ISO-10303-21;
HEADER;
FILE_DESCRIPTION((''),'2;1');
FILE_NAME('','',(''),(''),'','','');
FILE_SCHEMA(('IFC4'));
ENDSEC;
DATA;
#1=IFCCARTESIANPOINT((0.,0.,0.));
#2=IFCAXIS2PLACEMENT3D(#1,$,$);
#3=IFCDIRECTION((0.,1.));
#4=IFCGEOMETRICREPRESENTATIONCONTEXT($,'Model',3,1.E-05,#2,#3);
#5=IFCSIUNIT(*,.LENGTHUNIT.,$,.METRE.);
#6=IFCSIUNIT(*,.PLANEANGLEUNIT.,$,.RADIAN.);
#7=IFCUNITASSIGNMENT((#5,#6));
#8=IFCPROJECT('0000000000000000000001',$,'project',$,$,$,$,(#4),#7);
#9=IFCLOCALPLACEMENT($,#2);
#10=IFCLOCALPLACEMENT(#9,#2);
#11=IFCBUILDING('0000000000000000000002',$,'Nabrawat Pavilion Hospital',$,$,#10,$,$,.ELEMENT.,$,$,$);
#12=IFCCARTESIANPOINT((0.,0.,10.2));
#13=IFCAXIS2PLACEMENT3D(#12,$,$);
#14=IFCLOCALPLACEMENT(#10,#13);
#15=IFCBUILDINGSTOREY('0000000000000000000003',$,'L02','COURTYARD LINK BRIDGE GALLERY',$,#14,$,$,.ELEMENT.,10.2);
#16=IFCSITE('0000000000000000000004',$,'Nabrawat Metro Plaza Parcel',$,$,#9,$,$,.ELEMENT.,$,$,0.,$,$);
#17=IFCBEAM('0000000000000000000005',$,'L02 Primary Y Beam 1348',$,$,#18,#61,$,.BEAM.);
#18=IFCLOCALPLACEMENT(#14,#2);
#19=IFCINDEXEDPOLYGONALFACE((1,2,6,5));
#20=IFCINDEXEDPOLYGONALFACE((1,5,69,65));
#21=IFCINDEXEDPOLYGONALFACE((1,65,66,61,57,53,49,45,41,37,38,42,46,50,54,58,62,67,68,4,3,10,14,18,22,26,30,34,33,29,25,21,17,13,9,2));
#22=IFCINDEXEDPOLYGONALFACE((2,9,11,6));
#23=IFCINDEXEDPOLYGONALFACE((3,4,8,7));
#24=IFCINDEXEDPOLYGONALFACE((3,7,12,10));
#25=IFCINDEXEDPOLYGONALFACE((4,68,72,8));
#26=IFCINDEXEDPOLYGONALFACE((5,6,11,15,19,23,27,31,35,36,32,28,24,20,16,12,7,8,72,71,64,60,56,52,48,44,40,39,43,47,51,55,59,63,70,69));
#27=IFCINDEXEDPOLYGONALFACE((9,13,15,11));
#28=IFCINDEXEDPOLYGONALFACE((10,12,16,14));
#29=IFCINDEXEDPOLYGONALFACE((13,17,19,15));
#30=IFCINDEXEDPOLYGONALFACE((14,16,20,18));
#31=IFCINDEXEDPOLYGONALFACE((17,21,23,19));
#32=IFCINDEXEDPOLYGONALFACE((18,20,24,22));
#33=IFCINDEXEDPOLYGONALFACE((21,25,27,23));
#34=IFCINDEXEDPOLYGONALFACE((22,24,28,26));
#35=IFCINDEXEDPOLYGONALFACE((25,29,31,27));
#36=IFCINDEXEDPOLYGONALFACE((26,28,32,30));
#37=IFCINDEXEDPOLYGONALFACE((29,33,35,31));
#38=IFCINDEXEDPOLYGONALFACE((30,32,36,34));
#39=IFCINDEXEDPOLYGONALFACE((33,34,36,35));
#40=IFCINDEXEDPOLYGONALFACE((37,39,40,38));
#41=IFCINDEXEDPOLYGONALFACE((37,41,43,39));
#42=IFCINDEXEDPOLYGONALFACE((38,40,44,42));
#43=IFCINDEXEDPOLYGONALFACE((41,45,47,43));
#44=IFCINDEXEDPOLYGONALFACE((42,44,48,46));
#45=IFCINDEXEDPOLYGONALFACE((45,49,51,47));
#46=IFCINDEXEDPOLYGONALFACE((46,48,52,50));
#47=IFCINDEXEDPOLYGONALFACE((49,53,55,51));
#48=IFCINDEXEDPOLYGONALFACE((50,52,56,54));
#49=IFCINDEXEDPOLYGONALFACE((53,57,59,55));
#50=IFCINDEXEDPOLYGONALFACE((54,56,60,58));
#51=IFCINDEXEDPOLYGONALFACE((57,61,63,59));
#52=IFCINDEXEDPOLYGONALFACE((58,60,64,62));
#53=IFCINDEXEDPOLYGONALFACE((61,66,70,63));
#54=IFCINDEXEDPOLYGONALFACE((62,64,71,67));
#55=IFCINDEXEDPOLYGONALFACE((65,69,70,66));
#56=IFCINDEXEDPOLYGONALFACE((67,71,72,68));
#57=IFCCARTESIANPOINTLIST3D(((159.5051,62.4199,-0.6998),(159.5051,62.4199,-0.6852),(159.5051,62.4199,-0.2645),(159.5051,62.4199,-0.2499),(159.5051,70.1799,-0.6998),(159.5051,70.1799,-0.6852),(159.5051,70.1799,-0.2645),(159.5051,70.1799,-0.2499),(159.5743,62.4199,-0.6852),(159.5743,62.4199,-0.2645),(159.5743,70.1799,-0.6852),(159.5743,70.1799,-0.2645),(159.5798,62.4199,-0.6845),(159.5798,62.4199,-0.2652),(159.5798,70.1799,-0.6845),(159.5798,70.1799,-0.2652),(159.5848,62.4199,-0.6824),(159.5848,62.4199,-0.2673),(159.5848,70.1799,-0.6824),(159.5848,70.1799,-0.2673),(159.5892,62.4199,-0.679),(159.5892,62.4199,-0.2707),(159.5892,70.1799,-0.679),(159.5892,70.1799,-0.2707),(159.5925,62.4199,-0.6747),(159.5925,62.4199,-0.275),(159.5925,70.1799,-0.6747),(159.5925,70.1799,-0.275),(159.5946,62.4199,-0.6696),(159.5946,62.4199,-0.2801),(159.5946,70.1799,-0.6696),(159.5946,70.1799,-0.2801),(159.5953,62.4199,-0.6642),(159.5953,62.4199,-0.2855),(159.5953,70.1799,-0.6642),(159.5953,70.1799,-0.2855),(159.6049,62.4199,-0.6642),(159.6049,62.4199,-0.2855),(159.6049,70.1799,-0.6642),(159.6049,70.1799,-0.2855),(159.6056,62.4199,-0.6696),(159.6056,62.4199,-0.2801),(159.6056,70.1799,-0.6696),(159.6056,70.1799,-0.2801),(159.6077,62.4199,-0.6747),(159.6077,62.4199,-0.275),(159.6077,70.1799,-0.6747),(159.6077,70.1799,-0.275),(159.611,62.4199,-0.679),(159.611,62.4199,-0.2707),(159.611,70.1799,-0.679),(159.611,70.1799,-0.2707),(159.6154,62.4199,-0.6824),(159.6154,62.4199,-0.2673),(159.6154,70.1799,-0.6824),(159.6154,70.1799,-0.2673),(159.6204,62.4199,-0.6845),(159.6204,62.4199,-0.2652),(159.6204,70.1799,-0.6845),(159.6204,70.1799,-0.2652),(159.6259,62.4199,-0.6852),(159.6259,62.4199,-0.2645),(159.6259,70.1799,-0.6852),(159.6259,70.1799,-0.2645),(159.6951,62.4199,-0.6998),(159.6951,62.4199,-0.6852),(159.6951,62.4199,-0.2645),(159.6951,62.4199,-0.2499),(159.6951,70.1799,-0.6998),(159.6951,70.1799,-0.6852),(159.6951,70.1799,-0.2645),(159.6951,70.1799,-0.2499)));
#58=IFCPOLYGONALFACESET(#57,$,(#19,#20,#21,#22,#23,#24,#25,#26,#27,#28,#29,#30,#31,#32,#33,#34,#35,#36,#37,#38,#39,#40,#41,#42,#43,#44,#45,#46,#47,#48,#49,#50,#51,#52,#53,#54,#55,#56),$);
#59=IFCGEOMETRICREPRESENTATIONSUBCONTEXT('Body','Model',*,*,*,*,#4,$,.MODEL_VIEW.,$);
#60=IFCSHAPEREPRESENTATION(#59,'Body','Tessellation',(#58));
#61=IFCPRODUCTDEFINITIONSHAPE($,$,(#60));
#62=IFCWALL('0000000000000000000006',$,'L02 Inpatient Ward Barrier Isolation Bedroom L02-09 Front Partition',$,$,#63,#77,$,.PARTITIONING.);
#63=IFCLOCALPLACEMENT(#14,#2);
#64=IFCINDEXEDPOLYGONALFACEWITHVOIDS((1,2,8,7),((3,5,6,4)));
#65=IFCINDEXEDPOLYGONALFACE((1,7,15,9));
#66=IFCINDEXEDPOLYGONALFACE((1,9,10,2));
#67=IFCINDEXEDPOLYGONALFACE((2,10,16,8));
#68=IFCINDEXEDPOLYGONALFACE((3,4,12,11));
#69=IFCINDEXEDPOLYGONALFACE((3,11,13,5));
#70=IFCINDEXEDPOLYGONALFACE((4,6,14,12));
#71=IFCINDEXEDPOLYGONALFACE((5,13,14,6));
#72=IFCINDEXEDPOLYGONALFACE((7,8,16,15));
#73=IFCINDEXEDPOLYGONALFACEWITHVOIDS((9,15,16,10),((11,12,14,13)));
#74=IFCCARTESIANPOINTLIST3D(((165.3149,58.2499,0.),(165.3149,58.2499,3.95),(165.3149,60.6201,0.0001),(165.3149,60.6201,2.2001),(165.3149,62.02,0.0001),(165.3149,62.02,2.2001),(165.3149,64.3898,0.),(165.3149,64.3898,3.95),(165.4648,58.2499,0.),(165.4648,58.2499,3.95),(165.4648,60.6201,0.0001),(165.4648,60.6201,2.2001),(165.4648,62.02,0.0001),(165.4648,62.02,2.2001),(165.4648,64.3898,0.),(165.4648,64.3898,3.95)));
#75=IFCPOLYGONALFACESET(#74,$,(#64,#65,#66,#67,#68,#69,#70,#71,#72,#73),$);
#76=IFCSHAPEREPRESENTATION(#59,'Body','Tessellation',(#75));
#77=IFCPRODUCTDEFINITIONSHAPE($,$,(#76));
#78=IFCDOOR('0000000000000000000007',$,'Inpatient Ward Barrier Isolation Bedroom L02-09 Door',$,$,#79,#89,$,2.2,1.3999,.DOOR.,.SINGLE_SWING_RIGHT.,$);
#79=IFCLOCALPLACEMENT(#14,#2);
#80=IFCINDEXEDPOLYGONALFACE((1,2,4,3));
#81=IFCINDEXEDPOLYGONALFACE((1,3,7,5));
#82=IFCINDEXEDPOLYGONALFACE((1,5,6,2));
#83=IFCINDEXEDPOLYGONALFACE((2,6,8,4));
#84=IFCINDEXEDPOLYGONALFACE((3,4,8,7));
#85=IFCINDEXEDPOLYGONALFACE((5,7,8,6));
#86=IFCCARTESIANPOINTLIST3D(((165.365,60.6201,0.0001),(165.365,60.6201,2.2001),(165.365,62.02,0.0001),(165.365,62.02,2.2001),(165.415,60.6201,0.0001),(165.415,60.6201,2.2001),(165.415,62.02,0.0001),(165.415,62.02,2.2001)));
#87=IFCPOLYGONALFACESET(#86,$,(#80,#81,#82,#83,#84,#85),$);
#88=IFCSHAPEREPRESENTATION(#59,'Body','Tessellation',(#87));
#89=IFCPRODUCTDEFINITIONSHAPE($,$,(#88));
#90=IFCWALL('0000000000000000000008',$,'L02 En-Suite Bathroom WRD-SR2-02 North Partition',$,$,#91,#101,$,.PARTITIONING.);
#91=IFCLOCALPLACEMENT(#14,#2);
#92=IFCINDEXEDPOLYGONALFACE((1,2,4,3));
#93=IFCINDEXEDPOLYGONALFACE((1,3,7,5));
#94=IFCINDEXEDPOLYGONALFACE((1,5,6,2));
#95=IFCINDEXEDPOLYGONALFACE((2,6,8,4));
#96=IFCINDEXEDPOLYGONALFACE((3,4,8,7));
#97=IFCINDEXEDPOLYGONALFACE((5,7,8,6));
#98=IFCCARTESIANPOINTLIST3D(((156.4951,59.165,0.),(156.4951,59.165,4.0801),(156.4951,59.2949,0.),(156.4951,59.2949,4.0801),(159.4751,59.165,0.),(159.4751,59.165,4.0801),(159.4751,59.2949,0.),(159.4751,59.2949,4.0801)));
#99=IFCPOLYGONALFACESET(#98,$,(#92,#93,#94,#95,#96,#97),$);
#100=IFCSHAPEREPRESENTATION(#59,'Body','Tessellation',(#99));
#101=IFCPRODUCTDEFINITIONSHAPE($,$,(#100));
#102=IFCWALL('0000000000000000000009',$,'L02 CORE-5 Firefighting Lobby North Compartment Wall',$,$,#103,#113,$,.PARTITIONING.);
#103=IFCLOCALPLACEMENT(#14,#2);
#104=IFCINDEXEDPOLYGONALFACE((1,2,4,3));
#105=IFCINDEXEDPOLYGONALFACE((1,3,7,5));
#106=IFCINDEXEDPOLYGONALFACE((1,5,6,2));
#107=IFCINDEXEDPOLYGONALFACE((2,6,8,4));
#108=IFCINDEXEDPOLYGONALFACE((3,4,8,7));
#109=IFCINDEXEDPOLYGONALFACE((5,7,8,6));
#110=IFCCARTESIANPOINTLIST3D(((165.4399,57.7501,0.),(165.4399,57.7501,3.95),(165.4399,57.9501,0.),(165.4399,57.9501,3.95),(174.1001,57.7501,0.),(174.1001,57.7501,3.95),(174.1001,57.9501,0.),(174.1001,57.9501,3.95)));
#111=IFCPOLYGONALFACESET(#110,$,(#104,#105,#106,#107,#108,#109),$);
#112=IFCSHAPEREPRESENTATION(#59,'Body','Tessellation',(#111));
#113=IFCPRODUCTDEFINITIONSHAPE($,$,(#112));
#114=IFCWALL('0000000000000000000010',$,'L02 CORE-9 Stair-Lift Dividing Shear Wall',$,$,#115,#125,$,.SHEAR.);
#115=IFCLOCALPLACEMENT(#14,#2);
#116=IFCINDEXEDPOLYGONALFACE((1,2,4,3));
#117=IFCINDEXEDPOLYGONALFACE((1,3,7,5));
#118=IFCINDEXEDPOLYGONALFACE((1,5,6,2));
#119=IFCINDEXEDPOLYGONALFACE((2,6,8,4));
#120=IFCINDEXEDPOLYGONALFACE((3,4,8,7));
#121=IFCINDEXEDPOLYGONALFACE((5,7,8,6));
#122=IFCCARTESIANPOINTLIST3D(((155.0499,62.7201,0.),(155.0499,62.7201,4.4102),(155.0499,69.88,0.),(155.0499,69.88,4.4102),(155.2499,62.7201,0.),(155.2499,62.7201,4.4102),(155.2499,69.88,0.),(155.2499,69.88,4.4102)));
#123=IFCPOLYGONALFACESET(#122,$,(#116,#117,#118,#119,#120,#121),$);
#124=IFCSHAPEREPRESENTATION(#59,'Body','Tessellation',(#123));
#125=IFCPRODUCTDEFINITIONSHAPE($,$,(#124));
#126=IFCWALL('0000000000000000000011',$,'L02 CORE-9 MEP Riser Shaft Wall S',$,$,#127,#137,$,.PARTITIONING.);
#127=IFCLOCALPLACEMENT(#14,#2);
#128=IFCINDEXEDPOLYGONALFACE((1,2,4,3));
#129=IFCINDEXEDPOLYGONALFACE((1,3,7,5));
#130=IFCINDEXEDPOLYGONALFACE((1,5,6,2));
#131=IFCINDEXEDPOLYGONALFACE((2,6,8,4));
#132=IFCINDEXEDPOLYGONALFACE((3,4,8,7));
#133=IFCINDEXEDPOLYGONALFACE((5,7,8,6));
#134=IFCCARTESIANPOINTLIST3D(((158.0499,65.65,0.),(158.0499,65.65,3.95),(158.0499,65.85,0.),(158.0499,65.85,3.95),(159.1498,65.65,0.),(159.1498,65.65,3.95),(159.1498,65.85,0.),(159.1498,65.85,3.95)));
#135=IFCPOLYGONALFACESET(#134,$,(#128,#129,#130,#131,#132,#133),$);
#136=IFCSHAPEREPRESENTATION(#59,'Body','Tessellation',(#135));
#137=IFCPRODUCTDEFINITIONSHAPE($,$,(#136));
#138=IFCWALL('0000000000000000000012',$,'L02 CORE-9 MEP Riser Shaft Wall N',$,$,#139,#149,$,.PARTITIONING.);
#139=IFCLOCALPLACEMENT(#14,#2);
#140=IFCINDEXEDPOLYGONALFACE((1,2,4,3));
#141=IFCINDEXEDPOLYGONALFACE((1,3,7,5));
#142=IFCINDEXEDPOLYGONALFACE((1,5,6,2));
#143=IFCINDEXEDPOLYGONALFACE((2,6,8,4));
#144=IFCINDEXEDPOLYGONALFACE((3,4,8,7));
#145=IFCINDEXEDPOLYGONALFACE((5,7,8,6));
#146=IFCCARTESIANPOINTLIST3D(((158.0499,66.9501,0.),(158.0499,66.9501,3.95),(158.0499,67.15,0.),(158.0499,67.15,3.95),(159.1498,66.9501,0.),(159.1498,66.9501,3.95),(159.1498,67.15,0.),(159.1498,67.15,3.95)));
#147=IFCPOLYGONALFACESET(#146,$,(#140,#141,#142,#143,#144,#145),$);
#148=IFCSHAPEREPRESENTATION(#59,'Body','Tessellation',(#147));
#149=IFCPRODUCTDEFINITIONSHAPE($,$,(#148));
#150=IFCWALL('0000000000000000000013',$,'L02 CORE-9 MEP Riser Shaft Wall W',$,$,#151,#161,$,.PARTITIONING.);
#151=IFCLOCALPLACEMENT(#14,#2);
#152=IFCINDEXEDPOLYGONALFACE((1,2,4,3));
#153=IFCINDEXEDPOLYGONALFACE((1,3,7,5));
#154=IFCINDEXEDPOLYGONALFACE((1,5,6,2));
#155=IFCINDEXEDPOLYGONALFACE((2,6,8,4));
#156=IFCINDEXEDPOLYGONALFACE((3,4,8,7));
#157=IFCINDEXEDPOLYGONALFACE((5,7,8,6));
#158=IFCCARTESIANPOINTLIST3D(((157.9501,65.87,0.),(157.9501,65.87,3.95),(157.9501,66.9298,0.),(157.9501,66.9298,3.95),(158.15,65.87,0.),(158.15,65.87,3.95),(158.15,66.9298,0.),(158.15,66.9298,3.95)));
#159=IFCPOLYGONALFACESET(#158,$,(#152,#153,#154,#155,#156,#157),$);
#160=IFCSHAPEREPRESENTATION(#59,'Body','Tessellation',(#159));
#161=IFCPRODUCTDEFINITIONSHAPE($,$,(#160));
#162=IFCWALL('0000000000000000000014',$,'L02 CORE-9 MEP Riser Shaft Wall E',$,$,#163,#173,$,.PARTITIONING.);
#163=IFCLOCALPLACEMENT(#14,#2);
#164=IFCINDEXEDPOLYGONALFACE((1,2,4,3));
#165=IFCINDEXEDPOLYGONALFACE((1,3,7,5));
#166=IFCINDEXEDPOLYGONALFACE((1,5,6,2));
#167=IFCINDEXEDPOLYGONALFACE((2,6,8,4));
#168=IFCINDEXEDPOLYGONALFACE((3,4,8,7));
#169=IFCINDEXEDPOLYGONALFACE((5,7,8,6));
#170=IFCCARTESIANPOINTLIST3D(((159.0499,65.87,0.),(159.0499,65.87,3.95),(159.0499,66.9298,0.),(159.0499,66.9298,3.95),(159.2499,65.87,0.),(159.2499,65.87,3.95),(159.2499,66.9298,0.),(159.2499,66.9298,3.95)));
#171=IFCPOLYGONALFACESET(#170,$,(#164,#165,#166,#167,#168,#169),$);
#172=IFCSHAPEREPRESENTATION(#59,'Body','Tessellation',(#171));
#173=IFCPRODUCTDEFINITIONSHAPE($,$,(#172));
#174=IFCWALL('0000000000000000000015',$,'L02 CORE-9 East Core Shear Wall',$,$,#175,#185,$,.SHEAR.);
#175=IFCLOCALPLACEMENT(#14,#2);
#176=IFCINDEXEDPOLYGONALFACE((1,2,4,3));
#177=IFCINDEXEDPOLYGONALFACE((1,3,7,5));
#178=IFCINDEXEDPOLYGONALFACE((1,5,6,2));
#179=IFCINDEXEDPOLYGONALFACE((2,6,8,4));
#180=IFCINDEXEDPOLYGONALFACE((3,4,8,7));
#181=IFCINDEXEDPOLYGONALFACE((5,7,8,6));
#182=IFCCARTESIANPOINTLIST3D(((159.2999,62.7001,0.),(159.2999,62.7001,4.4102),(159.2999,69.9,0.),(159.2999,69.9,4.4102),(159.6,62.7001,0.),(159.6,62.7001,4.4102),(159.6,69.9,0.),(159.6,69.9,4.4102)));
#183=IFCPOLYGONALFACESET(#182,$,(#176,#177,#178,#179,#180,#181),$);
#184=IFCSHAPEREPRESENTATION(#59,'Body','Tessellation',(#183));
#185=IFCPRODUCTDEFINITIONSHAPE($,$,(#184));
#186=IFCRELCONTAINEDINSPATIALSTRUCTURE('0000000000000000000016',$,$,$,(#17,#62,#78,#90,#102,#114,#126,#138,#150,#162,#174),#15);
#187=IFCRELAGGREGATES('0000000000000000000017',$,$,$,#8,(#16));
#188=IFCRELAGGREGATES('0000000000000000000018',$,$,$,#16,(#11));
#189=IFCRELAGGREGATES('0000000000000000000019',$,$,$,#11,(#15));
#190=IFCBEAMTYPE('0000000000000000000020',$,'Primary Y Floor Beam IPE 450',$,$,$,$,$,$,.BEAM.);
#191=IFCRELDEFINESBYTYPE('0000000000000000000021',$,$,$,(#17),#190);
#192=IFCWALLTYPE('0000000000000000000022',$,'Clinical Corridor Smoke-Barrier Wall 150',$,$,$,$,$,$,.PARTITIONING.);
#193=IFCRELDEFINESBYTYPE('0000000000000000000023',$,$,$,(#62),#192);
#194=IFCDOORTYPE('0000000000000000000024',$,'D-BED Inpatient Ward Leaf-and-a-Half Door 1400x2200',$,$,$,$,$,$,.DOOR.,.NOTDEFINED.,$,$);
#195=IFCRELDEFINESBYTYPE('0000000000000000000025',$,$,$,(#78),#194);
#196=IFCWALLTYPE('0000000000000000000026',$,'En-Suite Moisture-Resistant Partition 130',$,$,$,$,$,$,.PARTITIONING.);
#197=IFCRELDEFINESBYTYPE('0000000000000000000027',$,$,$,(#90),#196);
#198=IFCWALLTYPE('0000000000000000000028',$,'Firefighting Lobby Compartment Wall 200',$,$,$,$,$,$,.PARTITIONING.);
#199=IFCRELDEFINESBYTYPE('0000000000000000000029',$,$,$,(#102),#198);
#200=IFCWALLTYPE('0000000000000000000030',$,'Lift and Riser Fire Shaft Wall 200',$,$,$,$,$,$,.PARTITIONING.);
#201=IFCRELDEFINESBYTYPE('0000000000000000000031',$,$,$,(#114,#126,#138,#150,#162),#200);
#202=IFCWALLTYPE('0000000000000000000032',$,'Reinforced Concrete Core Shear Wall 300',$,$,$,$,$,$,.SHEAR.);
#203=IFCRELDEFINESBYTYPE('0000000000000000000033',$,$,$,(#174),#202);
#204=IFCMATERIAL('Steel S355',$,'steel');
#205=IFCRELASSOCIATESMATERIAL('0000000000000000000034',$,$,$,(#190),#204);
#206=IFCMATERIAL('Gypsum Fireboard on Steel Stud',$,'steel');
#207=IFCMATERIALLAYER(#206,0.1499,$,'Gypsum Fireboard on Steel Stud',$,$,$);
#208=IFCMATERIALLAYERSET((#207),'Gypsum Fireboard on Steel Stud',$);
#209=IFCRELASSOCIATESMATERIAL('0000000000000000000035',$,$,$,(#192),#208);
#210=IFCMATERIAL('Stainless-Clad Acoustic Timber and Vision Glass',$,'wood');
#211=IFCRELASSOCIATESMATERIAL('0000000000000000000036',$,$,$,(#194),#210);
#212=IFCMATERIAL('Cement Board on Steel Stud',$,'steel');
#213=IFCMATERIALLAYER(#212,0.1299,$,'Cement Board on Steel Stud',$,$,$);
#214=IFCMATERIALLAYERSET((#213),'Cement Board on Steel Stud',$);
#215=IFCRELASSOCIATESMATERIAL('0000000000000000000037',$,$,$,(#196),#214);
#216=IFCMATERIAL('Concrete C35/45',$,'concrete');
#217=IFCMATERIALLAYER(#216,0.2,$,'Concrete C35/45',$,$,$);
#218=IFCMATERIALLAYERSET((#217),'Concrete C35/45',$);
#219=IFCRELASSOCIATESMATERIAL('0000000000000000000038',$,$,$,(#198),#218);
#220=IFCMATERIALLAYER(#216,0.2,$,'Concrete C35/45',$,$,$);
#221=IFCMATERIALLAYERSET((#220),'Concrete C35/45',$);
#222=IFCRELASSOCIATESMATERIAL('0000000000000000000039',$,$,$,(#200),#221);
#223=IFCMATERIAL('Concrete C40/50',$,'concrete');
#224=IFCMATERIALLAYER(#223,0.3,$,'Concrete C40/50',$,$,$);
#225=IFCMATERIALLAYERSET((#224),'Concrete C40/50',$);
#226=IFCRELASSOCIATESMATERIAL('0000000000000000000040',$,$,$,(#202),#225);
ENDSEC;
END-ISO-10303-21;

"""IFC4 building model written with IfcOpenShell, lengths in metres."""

from ifc_helpers import new_model, si_unit, direction, frame, frame_2d, origin, origin_2d, place, context, subcontext, project, spatial, rectangle, i_section, extrude, material, layer, layer_set, material_profile, profile_set, type_object, element, fill, save


model = new_model("IFC4")

# Units and contexts
model_context = context("Model", 3, precision=1e-05, world=origin(), true_north=direction((0.0, 1.0)))
body_context = subcontext(model_context, "Body", "Model", "MODEL_VIEW")
ifc_project = project(units=[si_unit("LENGTHUNIT", "METRE"), si_unit("PLANEANGLEUNIT", "RADIAN")], contexts=[model_context])

# Site, building, storey
site_placement = place(None, origin())
site = spatial("IfcSite", under=ifc_project, at=site_placement, Name="Nabrawat Metro Plaza Parcel", CompositionType="ELEMENT", RefElevation=0.0)
building_placement = place(site_placement, origin())
building = spatial("IfcBuilding", under=site, at=building_placement, Name="Nabrawat Pavilion Hospital", CompositionType="ELEMENT")
storey_placement = place(building_placement, frame((0.0, 0.0, 10.2)))
storey = spatial("IfcBuildingStorey", under=building, at=storey_placement, Name="L02", Description="COURTYARD LINK BRIDGE GALLERY", CompositionType="ELEMENT", Elevation=10.2)

# Shared definitions
ifc_material_1 = material(Name="Steel S355", Category="steel")
ifc_material_2 = material(Name="Concrete C40/50", Category="concrete")

# Beam
ifc_material_profile_1 = material_profile(ifc_material_1, i_section(OverallWidth=0.1899, OverallDepth=0.45, WebThickness=0.0095, FlangeThickness=0.0146, FilletRadius=0.021, at=origin_2d()), Name="IPE 450")
ifc_profile_set_1 = profile_set([ifc_material_profile_1], Name="Steel S355")
beam_type_1 = type_object("IfcBeamType", Name="Primary Y Floor Beam IPE 450", PredefinedType="BEAM", material=ifc_profile_set_1)
beam_1_placement = place(storey_placement, frame((159.6001, 62.4199, -0.4749), z_axis=(0.0, 1.0, 0.0), x_axis=(-1.0, 0.0, 0.0)))
element("IfcBeam", 1, at=beam_1_placement, inside=storey, type_object=beam_type_1, Name="L02 Primary Y Beam 1348", PredefinedType="BEAM", context=body_context, shape_type="SweptSolid", body=[
    extrude(i_section(OverallWidth=0.1899, OverallDepth=0.45, WebThickness=0.0095, FlangeThickness=0.0146, FilletRadius=0.021, at=origin_2d()), origin(), (0.0, 0.0, 1.0), 7.76),
])

# Wall, opening, door
ifc_material_3 = material(Name="Gypsum Fireboard on Steel Stud", Category="steel")
ifc_layer_1 = layer(ifc_material_3, 0.1499, Name="Gypsum Fireboard on Steel Stud")
ifc_layer_set_1 = layer_set([ifc_layer_1], Name="Gypsum Fireboard on Steel Stud")
wall_type_1 = type_object("IfcWallType", Name="Clinical Corridor Smoke-Barrier Wall 150", PredefinedType="PARTITIONING", material=ifc_layer_set_1)
wall_1_placement = place(storey_placement, frame((165.3899, 58.25, 0.0), z_axis=(0.0, 0.0, 1.0), x_axis=(0.0, 1.0, 0.0)))
wall_1 = element("IfcWall", 2, at=wall_1_placement, inside=storey, type_object=wall_type_1, Name="L02 Inpatient Ward Barrier Isolation Bedroom L02-09 Front Partition", PredefinedType="PARTITIONING", context=body_context, shape_type="SweptSolid", body=[
    extrude(rectangle(XDim=6.1399, YDim=0.1499, at=frame_2d((3.0698, 0.0))), origin(), (0.0, 0.0, 1.0), 3.95),
])
opening_placement = place(wall_1_placement, frame((2.3701, 0.0, 0.0)))
opening = element("IfcOpeningElement", 3, at=opening_placement, cuts=wall_1, PredefinedType="OPENING", context=body_context, shape_type="SweptSolid", body=[
    extrude(rectangle(XDim=1.3999, YDim=2.2, at=frame_2d((0.7, 1.1001))), frame((0.0, 0.085, 0.0), z_axis=(0.0, -1.0, 0.0), x_axis=(1.0, 0.0, 0.0)), (0.0, 0.0, 1.0), 0.1699),
])
ifc_material_4 = material(Name="Stainless-Clad Acoustic Timber and Vision Glass", Category="wood")
door_type = type_object("IfcDoorType", Name="D-BED Inpatient Ward Leaf-and-a-Half Door 1400x2200", OperationType="NOTDEFINED", PredefinedType="DOOR", material=ifc_material_4)
door_placement = place(opening_placement, origin())
door = element("IfcDoor", 4, at=door_placement, inside=storey, type_object=door_type, Name="Inpatient Ward Barrier Isolation Bedroom L02-09 Door", OperationType="SINGLE_SWING_RIGHT", OverallHeight=2.2, OverallWidth=1.3999, PredefinedType="DOOR", context=body_context, shape_type="SweptSolid", body=[
    extrude(rectangle(XDim=1.3999, YDim=2.2, at=frame_2d((0.7, 1.1001))), frame((0.0, 0.0249, 0.0), z_axis=(0.0, -1.0, 0.0), x_axis=(1.0, 0.0, 0.0)), (0.0, 0.0, 1.0), 0.05),
])
fill(opening, door)

# Walls
ifc_material_5 = material(Name="Cement Board on Steel Stud", Category="steel")
ifc_layer_2 = layer(ifc_material_5, 0.1299, Name="Cement Board on Steel Stud")
ifc_layer_set_2 = layer_set([ifc_layer_2], Name="Cement Board on Steel Stud")
wall_type_2 = type_object("IfcWallType", Name="En-Suite Moisture-Resistant Partition 130", PredefinedType="PARTITIONING", material=ifc_layer_set_2)
wall_2_placement = place(storey_placement, frame((156.4951, 59.23, 0.0), z_axis=(0.0, 0.0, 1.0), x_axis=(1.0, 0.0, 0.0)))
element("IfcWall", 5, at=wall_2_placement, inside=storey, type_object=wall_type_2, Name="L02 En-Suite Bathroom WRD-SR2-02 North Partition", PredefinedType="PARTITIONING", context=body_context, shape_type="SweptSolid", body=[
    extrude(rectangle(XDim=2.98, YDim=0.1299, at=frame_2d((1.49, 0.0))), origin(), (0.0, 0.0, 1.0), 4.0801),
])
ifc_material_6 = material(Name="Concrete C35/45", Category="concrete")
ifc_layer_3 = layer(ifc_material_6, 0.2, Name="Concrete C35/45")
ifc_layer_set_3 = layer_set([ifc_layer_3], Name="Concrete C35/45")
wall_type_3 = type_object("IfcWallType", Name="Firefighting Lobby Compartment Wall 200", PredefinedType="PARTITIONING", material=ifc_layer_set_3)
wall_3_placement = place(storey_placement, frame((165.4399, 57.8501, 0.0), z_axis=(0.0, 0.0, 1.0), x_axis=(1.0, 0.0, 0.0)))
element("IfcWall", 6, at=wall_3_placement, inside=storey, type_object=wall_type_3, Name="L02 CORE-5 Firefighting Lobby North Compartment Wall", PredefinedType="PARTITIONING", context=body_context, shape_type="SweptSolid", body=[
    extrude(rectangle(XDim=8.6602, YDim=0.2, at=frame_2d((4.3301, 0.0))), origin(), (0.0, 0.0, 1.0), 3.95),
])
ifc_layer_4 = layer(ifc_material_6, 0.2, Name="Concrete C35/45")
ifc_layer_set_4 = layer_set([ifc_layer_4], Name="Concrete C35/45")
wall_type_4 = type_object("IfcWallType", Name="Lift and Riser Fire Shaft Wall 200", PredefinedType="PARTITIONING", material=ifc_layer_set_4)
wall_4_placement = place(storey_placement, frame((155.1499, 62.72, 0.0), z_axis=(0.0, 0.0, 1.0), x_axis=(0.0, 1.0, 0.0)))
element("IfcWall", 7, at=wall_4_placement, inside=storey, type_object=wall_type_4, Name="L02 CORE-9 Stair-Lift Dividing Shear Wall", PredefinedType="SHEAR", context=body_context, shape_type="SweptSolid", body=[
    extrude(rectangle(XDim=7.1599, YDim=0.2, at=frame_2d((3.5801, 0.0))), origin(), (0.0, 0.0, 1.0), 4.4102),
])
for number, where, z_axis, x_axis, name in (
    (8, (158.05, 65.75, 0.0), (0.0, 0.0, 1.0), (1.0, 0.0, 0.0), "L02 CORE-9 MEP Riser Shaft Wall S"),
    (9, (158.05, 67.05, 0.0), (0.0, 0.0, 1.0), (1.0, 0.0, 0.0), "L02 CORE-9 MEP Riser Shaft Wall N"),
):
    element("IfcWall", number, at=place(storey_placement, frame(where, z_axis=z_axis, x_axis=x_axis)), inside=storey, type_object=wall_type_4, Name=name, PredefinedType="PARTITIONING", context=body_context, shape_type="SweptSolid", body=[
        extrude(rectangle(XDim=1.0999, YDim=0.2, at=frame_2d((0.5498, 0.0))), origin(), (0.0, 0.0, 1.0), 3.95),
    ])
for number, where, z_axis, x_axis, name in (
    (10, (158.05, 65.8701, 0.0), (0.0, 0.0, 1.0), (0.0, 1.0, 0.0), "L02 CORE-9 MEP Riser Shaft Wall W"),
    (11, (159.1499, 65.8701, 0.0), (0.0, 0.0, 1.0), (0.0, 1.0, 0.0), "L02 CORE-9 MEP Riser Shaft Wall E"),
):
    element("IfcWall", number, at=place(storey_placement, frame(where, z_axis=z_axis, x_axis=x_axis)), inside=storey, type_object=wall_type_4, Name=name, PredefinedType="PARTITIONING", context=body_context, shape_type="SweptSolid", body=[
        extrude(rectangle(XDim=1.0598, YDim=0.2, at=frame_2d((0.5298, 0.0))), origin(), (0.0, 0.0, 1.0), 3.95),
    ])
ifc_layer_5 = layer(ifc_material_2, 0.3, Name="Concrete C40/50")
ifc_layer_set_5 = layer_set([ifc_layer_5], Name="Concrete C40/50")
wall_type_5 = type_object("IfcWallType", Name="Reinforced Concrete Core Shear Wall 300", PredefinedType="SHEAR", material=ifc_layer_set_5)
wall_5_placement = place(storey_placement, frame((159.45, 62.7, 0.0), z_axis=(0.0, 0.0, 1.0), x_axis=(0.0, 1.0, 0.0)))
element("IfcWall", 12, at=wall_5_placement, inside=storey, type_object=wall_type_5, Name="L02 CORE-9 East Core Shear Wall", PredefinedType="SHEAR", context=body_context, shape_type="SweptSolid", body=[
    extrude(rectangle(XDim=7.2, YDim=0.3, at=frame_2d((3.6001, 0.0))), origin(), (0.0, 0.0, 1.0), 4.4102),
])

save(model, "model.ifc")
